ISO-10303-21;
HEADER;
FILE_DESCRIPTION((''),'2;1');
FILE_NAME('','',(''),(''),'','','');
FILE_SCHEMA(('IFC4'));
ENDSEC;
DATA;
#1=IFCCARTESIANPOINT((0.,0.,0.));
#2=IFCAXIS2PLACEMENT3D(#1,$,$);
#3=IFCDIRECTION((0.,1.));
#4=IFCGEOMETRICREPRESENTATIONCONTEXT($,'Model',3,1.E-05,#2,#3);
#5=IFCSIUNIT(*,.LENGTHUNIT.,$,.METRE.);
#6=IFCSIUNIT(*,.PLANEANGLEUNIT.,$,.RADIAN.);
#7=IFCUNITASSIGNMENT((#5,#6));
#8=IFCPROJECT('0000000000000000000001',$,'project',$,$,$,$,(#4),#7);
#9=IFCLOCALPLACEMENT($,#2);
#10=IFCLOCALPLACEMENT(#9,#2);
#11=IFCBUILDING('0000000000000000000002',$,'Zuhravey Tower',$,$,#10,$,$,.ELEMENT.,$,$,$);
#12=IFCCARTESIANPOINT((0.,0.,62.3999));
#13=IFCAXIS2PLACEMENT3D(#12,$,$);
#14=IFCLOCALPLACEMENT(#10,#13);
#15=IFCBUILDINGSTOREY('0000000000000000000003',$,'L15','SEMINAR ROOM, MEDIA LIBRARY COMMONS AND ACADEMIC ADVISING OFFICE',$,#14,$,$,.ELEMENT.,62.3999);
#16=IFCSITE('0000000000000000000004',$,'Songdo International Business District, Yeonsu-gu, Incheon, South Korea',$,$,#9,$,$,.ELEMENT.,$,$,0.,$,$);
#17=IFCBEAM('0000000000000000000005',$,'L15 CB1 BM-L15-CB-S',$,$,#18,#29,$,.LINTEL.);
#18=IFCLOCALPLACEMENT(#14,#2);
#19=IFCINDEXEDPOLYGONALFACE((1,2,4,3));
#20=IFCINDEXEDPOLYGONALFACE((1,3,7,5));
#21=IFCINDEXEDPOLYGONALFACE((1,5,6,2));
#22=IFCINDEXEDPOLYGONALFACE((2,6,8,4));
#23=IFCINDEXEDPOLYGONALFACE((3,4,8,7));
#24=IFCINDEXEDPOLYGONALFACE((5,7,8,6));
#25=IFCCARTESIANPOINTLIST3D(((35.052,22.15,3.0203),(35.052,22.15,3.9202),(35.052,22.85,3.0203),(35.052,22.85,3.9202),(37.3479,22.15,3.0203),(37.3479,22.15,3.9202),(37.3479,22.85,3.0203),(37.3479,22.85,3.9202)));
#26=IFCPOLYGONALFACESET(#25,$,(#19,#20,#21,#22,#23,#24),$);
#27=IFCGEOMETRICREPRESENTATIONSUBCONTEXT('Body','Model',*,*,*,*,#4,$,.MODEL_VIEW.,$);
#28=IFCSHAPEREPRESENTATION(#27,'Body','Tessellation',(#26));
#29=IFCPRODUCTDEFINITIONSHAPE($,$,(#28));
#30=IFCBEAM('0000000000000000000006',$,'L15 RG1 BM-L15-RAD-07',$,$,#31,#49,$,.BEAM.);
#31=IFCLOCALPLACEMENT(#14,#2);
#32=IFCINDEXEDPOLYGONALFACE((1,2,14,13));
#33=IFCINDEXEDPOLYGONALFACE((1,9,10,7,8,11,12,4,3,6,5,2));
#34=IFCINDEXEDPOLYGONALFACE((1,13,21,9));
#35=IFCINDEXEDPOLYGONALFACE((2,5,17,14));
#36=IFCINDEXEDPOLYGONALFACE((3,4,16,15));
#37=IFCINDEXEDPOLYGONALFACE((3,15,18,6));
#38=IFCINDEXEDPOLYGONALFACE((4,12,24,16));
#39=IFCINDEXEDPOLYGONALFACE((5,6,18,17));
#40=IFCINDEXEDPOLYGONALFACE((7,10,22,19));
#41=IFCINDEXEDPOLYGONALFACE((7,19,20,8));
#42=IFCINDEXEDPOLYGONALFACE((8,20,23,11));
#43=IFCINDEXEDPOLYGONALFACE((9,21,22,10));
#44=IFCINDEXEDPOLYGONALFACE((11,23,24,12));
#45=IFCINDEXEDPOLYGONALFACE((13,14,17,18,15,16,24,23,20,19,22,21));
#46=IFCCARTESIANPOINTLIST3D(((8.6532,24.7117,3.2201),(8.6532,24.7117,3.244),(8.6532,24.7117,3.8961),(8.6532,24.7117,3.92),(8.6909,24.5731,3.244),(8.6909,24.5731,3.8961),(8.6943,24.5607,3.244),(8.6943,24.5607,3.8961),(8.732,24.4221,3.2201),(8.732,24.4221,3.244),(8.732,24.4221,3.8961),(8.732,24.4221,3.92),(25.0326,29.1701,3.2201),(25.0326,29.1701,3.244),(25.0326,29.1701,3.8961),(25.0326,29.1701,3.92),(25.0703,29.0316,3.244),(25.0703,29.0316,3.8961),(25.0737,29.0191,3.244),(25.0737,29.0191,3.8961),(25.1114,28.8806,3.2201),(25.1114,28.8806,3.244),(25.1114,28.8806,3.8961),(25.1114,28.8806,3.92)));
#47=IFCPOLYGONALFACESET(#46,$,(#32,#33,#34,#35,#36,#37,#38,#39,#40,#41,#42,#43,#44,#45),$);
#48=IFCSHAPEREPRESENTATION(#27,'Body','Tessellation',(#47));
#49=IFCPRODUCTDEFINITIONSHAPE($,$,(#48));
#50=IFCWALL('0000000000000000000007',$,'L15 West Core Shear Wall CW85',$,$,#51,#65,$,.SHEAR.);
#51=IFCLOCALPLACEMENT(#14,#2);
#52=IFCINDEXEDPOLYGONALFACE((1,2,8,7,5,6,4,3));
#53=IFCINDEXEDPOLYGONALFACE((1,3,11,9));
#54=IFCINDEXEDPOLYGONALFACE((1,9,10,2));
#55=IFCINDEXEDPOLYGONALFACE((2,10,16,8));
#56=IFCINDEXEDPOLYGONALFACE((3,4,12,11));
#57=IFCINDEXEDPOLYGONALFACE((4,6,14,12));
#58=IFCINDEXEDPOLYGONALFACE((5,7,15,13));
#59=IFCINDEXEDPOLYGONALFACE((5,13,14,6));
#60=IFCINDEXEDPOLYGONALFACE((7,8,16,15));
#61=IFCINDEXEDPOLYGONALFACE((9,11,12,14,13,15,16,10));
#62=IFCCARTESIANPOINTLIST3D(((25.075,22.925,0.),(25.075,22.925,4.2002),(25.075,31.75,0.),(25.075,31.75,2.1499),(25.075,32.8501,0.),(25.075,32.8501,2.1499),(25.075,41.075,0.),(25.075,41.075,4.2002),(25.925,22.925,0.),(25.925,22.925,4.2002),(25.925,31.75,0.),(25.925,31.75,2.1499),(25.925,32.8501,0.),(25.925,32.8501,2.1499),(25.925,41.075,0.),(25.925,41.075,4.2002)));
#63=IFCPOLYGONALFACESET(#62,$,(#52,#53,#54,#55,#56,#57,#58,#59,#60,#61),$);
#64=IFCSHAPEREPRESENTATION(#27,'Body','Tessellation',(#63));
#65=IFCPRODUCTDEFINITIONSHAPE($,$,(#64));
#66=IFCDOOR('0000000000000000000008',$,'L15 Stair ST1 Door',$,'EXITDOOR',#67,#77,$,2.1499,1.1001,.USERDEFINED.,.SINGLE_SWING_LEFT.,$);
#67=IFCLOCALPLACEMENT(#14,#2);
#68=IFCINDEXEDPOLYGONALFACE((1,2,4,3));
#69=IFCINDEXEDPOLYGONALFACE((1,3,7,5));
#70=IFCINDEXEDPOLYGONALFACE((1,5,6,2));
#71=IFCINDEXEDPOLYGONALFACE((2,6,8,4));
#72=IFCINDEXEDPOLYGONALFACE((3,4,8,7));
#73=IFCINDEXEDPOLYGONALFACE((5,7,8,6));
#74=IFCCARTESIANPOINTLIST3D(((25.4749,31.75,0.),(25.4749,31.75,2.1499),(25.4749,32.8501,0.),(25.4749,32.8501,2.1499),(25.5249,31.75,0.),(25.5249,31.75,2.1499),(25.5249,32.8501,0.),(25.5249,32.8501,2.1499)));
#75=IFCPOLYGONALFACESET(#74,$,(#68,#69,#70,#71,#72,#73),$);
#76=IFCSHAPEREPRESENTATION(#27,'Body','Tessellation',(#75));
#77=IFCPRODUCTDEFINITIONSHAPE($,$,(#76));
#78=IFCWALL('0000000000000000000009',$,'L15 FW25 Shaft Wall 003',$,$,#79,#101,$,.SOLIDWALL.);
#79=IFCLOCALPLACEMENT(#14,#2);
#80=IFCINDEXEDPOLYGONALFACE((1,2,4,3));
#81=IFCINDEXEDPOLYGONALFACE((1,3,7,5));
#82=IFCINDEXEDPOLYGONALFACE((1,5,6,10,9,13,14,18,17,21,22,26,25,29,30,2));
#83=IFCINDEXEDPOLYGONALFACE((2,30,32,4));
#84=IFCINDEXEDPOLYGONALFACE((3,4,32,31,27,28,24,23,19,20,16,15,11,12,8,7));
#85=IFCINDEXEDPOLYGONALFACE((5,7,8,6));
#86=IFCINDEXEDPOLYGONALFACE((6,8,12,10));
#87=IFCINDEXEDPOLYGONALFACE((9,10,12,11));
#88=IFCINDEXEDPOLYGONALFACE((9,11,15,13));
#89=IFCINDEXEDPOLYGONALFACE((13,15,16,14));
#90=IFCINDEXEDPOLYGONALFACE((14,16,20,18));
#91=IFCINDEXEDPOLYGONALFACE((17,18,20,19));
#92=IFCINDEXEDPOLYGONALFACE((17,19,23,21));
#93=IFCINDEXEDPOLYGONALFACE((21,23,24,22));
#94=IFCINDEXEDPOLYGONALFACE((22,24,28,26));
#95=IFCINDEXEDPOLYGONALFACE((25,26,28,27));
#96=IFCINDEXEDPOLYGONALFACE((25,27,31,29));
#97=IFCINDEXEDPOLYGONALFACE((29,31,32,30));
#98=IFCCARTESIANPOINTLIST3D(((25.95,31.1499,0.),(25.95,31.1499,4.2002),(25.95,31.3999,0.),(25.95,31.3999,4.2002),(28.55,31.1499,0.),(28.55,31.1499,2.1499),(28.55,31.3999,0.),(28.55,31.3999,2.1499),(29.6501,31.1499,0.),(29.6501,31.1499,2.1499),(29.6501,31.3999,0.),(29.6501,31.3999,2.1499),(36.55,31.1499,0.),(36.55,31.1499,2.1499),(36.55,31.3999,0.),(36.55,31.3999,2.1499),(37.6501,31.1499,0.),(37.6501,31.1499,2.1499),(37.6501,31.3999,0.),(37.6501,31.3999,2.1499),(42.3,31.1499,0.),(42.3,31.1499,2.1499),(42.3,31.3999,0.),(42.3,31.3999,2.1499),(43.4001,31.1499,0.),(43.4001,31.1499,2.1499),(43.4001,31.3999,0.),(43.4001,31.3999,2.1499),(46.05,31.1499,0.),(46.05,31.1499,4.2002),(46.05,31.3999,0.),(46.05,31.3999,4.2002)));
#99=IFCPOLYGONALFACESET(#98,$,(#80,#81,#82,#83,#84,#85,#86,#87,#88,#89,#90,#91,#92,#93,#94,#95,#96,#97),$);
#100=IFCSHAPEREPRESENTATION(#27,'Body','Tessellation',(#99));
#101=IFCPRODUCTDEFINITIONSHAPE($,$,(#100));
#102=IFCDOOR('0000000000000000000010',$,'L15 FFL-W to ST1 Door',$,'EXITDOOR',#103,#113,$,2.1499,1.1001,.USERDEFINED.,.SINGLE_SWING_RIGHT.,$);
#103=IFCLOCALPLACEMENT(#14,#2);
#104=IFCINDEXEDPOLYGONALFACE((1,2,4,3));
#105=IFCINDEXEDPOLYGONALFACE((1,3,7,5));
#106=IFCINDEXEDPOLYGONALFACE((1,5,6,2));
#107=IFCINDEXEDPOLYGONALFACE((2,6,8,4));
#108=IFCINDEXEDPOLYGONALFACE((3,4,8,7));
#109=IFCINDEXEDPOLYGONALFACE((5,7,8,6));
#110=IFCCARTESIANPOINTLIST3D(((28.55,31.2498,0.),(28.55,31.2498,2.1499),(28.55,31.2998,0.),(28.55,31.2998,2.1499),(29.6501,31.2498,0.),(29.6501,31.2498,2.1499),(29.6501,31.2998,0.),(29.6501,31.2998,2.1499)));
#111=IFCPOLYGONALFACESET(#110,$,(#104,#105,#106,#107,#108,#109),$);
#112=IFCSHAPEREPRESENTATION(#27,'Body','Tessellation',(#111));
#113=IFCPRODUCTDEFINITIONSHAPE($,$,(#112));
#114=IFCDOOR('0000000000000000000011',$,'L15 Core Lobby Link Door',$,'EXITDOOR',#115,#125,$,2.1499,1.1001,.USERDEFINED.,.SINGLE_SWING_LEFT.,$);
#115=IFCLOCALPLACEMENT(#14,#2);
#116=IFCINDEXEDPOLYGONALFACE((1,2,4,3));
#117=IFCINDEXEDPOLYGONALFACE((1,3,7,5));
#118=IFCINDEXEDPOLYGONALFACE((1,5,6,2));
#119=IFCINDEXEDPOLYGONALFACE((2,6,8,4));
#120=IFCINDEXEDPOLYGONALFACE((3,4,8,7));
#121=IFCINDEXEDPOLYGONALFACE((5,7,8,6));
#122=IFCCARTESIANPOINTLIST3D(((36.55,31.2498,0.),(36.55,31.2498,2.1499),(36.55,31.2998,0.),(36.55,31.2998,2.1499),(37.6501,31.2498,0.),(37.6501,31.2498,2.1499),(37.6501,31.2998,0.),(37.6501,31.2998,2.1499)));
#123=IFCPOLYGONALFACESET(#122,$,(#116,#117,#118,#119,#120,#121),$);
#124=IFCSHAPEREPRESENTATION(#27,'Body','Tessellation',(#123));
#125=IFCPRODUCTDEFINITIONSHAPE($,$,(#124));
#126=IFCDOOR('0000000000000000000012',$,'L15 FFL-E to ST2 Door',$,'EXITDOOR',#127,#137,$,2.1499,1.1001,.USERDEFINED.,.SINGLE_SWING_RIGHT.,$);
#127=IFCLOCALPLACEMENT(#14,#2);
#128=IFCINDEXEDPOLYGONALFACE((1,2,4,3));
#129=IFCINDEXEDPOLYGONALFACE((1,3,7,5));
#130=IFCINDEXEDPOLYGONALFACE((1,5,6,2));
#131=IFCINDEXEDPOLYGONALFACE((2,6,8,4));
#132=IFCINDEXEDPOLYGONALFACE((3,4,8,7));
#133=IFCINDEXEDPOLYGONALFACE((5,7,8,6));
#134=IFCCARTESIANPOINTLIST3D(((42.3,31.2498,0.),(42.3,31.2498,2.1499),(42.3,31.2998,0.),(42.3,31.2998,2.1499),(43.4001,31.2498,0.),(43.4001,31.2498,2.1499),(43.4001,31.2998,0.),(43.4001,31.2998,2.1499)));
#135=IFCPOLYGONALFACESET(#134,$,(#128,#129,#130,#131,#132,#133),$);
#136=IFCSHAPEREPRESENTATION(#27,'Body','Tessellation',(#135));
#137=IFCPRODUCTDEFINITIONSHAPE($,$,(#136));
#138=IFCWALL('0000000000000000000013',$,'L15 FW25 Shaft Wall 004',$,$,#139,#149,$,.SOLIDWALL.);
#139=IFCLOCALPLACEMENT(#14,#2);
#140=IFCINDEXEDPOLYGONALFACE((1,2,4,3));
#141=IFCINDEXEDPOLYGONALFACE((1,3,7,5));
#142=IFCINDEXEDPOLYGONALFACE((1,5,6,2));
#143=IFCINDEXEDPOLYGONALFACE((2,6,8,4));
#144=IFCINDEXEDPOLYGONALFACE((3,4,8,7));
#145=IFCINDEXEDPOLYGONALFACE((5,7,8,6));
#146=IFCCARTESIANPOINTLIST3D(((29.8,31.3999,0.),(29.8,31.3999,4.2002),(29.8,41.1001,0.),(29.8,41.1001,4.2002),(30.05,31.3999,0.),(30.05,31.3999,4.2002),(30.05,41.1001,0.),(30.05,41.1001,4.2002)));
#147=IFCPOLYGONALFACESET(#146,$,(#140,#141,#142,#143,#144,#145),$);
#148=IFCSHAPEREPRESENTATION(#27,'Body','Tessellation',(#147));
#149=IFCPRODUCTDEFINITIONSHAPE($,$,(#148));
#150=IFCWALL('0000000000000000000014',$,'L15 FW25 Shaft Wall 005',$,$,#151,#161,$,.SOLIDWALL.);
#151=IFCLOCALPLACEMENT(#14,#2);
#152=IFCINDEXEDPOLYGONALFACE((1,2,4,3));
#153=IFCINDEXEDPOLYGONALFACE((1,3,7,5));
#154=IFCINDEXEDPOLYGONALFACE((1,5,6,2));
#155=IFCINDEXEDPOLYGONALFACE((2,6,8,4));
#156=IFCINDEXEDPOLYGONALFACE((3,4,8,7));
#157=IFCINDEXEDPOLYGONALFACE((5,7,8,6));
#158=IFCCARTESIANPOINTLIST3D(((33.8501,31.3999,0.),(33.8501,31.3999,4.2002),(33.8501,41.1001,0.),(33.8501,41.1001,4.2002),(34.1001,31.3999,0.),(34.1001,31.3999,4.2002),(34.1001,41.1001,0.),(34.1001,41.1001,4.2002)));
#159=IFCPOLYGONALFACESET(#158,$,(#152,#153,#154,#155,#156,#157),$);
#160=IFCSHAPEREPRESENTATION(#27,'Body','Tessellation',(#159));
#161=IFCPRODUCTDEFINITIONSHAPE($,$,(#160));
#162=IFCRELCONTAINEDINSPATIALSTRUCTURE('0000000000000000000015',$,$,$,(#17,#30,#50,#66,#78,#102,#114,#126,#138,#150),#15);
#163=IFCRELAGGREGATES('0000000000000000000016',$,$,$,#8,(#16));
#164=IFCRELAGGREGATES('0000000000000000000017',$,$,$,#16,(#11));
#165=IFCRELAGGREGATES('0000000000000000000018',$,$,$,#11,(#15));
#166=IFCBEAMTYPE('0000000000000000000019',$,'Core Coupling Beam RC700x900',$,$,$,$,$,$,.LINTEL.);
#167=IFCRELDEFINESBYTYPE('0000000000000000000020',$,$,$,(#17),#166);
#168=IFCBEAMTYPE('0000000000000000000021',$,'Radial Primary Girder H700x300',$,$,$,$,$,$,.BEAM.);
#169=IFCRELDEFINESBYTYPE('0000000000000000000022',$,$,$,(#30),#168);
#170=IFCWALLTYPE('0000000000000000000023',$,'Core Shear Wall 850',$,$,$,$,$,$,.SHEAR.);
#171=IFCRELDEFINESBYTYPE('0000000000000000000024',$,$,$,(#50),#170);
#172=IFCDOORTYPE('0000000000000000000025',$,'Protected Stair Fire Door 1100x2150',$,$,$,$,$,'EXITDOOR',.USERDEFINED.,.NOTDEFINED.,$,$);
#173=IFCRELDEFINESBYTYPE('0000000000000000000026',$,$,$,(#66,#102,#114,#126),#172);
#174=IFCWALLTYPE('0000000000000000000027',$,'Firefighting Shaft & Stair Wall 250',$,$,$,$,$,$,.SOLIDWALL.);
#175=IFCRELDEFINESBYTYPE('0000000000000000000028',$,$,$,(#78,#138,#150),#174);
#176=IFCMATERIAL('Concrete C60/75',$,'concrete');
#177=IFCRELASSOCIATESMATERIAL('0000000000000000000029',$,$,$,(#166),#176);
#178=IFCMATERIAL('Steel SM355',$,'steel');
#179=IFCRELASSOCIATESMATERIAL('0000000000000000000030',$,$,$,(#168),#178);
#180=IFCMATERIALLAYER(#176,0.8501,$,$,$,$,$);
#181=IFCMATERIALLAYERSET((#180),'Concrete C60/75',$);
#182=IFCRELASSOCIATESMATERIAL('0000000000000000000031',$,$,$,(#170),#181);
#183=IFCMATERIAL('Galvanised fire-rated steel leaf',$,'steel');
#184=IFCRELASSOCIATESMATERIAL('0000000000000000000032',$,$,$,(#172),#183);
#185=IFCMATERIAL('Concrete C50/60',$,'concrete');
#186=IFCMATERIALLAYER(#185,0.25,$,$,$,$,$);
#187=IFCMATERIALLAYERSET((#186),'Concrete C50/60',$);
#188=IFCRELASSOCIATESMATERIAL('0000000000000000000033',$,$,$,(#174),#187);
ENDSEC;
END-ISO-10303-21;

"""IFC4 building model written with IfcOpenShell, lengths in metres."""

from ifc_helpers import new_model, si_unit, direction, frame, frame_2d, origin, origin_2d, place, context, subcontext, project, spatial, rectangle, i_section, extrude, material, layer, layer_set, material_profile, profile_set, type_object, element, fill, save


model = new_model("IFC4")

# Units and contexts
model_context = context("Model", 3, precision=1e-05, world=origin(), true_north=direction((0.0, 1.0)))
body_context = subcontext(model_context, "Body", "Model", "MODEL_VIEW")
ifc_project = project(units=[si_unit("LENGTHUNIT", "METRE"), si_unit("PLANEANGLEUNIT", "RADIAN")], contexts=[model_context])

# Site, building, storey
site_placement = place(None, origin())
site = spatial("IfcSite", under=ifc_project, at=site_placement, Name="Songdo International Business District, Yeonsu-gu, Incheon, South Korea", CompositionType="ELEMENT", RefElevation=0.0)
building_placement = place(site_placement, origin())
building = spatial("IfcBuilding", under=site, at=building_placement, Name="Zuhravey Tower", CompositionType="ELEMENT")
storey_placement = place(building_placement, frame((0.0, 0.0, 62.3999)))
storey = spatial("IfcBuildingStorey", under=building, at=storey_placement, Name="L15", Description="SEMINAR ROOM, MEDIA LIBRARY COMMONS AND ACADEMIC ADVISING OFFICE", CompositionType="ELEMENT", Elevation=62.3999)

# Beams
ifc_material_1 = material(Name="Concrete C60/75", Category="concrete")
ifc_material_profile_1 = material_profile(ifc_material_1, rectangle(XDim=0.7, YDim=0.8999, at=origin_2d()), Name="RC-700x900")
ifc_profile_set_1 = profile_set([ifc_material_profile_1], Name="Concrete C60/75")
beam_type_1 = type_object("IfcBeamType", Name="Core Coupling Beam RC700x900", PredefinedType="LINTEL", material=ifc_profile_set_1)
beam_1_placement = place(storey_placement, frame((35.052, 22.5, 3.4702), z_axis=(1.0, 0.0, 0.0), x_axis=(0.0, 1.0, 0.0)))
element("IfcBeam", 1, at=beam_1_placement, inside=storey, type_object=beam_type_1, Name="L15 CB1 BM-L15-CB-S", PredefinedType="LINTEL", context=body_context, shape_type="SweptSolid", body=[
    extrude(rectangle(XDim=0.7, YDim=0.8999, at=origin_2d()), origin(), (0.0, 0.0, 1.0), 2.2959),
])
ifc_material_2 = material(Name="Steel SM355", Category="steel")
ifc_material_profile_2 = material_profile(ifc_material_2, i_section(OverallWidth=0.3, OverallDepth=0.7, WebThickness=0.0129, FlangeThickness=0.0239, at=origin_2d()), Name="H-700x300x13x24")
ifc_profile_set_2 = profile_set([ifc_material_profile_2], Name="Steel SM355")
beam_type_2 = type_object("IfcBeamType", Name="Radial Primary Girder H700x300", PredefinedType="BEAM", material=ifc_profile_set_2)
beam_2_placement = place(storey_placement, frame((25.072, 29.0254, 3.5701), z_axis=(-0.964892, -0.262645, 0.0), x_axis=(0.262645, -0.964892, 0.0)))
element("IfcBeam", 2, at=beam_2_placement, inside=storey, type_object=beam_type_2, Name="L15 RG1 BM-L15-RAD-07", PredefinedType="BEAM", context=body_context, shape_type="SweptSolid", body=[
    extrude(i_section(OverallWidth=0.3, OverallDepth=0.7, WebThickness=0.0129, FlangeThickness=0.0239, at=origin_2d()), origin(), (0.0, 0.0, 1.0), 16.9753),
])

# Wall, opening, door
ifc_layer_1 = layer(ifc_material_1, 0.8501)
ifc_layer_set_1 = layer_set([ifc_layer_1], Name="Concrete C60/75")
wall_type_1 = type_object("IfcWallType", Name="Core Shear Wall 850", PredefinedType="SHEAR", material=ifc_layer_set_1)
wall_1_placement = place(storey_placement, frame((25.5, 22.925, 0.0), z_axis=(0.0, 0.0, 1.0), x_axis=(0.0, 1.0, 0.0)))
wall_1 = element("IfcWall", 3, at=wall_1_placement, inside=storey, type_object=wall_type_1, Name="L15 West Core Shear Wall CW85", PredefinedType="SHEAR", context=body_context, shape_type="SweptSolid", body=[
    extrude(rectangle(XDim=18.1499, YDim=0.8501, at=frame_2d((9.075, 0.0))), origin(), (0.0, 0.0, 1.0), 4.2002),
])
opening_1_placement = place(wall_1_placement, frame((8.825, 0.0, 0.0)))
opening_1 = element("IfcOpeningElement", 4, at=opening_1_placement, cuts=wall_1, PredefinedType="OPENING", context=body_context, shape_type="SweptSolid", body=[
    extrude(rectangle(XDim=1.1001, YDim=2.1499, at=frame_2d((0.55, 1.075))), frame((0.0, 0.437, 0.0), z_axis=(0.0, -1.0, 0.0), x_axis=(1.0, 0.0, 0.0)), (0.0, 0.0, 1.0), 0.874),
])
ifc_material_3 = material(Name="Galvanised fire-rated steel leaf", Category="steel")
door_type_1 = type_object("IfcDoorType", Name="Protected Stair Fire Door 1100x2150", ElementType="EXITDOOR", OperationType="NOTDEFINED", PredefinedType="USERDEFINED", material=ifc_material_3)
door_1_placement = place(opening_1_placement, frame((1.1001, 0.0, 0.0), z_axis=(0.0, 0.0, 1.0), x_axis=(-1.0, 0.0, 0.0)))
door_1 = element("IfcDoor", 5, at=door_1_placement, inside=storey, type_object=door_type_1, Name="L15 Stair ST1 Door", ObjectType="EXITDOOR", OperationType="SINGLE_SWING_LEFT", OverallHeight=2.1499, OverallWidth=1.1001, PredefinedType="USERDEFINED", context=body_context, shape_type="SweptSolid", body=[
    extrude(rectangle(XDim=1.1001, YDim=2.1499, at=frame_2d((0.55, 1.075))), frame((0.0, 0.0249, 0.0), z_axis=(0.0, -1.0, 0.0), x_axis=(1.0, 0.0, 0.0)), (0.0, 0.0, 1.0), 0.05),
])
fill(opening_1, door_1)
ifc_material_4 = material(Name="Concrete C50/60", Category="concrete")
ifc_layer_2 = layer(ifc_material_4, 0.25)
ifc_layer_set_2 = layer_set([ifc_layer_2], Name="Concrete C50/60")
wall_type_2 = type_object("IfcWallType", Name="Firefighting Shaft & Stair Wall 250", PredefinedType="SOLIDWALL", material=ifc_layer_set_2)

# Wall, openings, doors
wall_2_placement = place(storey_placement, frame((25.95, 31.2749, 0.0), z_axis=(0.0, 0.0, 1.0), x_axis=(1.0, 0.0, 0.0)))
wall_2 = element("IfcWall", 6, at=wall_2_placement, inside=storey, type_object=wall_type_2, Name="L15 FW25 Shaft Wall 003", PredefinedType="SOLIDWALL", context=body_context, shape_type="SweptSolid", body=[
    extrude(rectangle(XDim=20.1001, YDim=0.25, at=frame_2d((10.05, 0.0))), origin(), (0.0, 0.0, 1.0), 4.2002),
])
opening_2_placement = place(wall_2_placement, frame((2.6001, 0.0, 0.0)))
opening_2 = element("IfcOpeningElement", 7, at=opening_2_placement, cuts=wall_2, PredefinedType="OPENING", context=body_context, shape_type="SweptSolid", body=[
    extrude(rectangle(XDim=1.1001, YDim=2.1499, at=frame_2d((0.55, 1.075))), frame((0.0, 0.137, 0.0), z_axis=(0.0, -1.0, 0.0), x_axis=(1.0, 0.0, 0.0)), (0.0, 0.0, 1.0), 0.2739),
])
opening_3_placement = place(wall_2_placement, frame((10.6001, 0.0, 0.0)))
opening_3 = element("IfcOpeningElement", 8, at=opening_3_placement, cuts=wall_2, PredefinedType="OPENING", context=body_context, shape_type="SweptSolid", body=[
    extrude(rectangle(XDim=1.1001, YDim=2.1499, at=frame_2d((0.55, 1.075))), frame((0.0, 0.137, 0.0), z_axis=(0.0, -1.0, 0.0), x_axis=(1.0, 0.0, 0.0)), (0.0, 0.0, 1.0), 0.2739),
])
opening_4_placement = place(wall_2_placement, frame((16.3501, 0.0, 0.0)))
opening_4 = element("IfcOpeningElement", 9, at=opening_4_placement, cuts=wall_2, PredefinedType="OPENING", context=body_context, shape_type="SweptSolid", body=[
    extrude(rectangle(XDim=1.1001, YDim=2.1499, at=frame_2d((0.55, 1.075))), frame((0.0, 0.137, 0.0), z_axis=(0.0, -1.0, 0.0), x_axis=(1.0, 0.0, 0.0)), (0.0, 0.0, 1.0), 0.2739),
])
door_2_placement = place(opening_2_placement, origin())
door_2 = element("IfcDoor", 10, at=door_2_placement, inside=storey, type_object=door_type_1, Name="L15 FFL-W to ST1 Door", ObjectType="EXITDOOR", OperationType="SINGLE_SWING_RIGHT", OverallHeight=2.1499, OverallWidth=1.1001, PredefinedType="USERDEFINED", context=body_context, shape_type="SweptSolid", body=[
    extrude(rectangle(XDim=1.1001, YDim=2.1499, at=frame_2d((0.55, 1.075))), frame((0.0, 0.0249, 0.0), z_axis=(0.0, -1.0, 0.0), x_axis=(1.0, 0.0, 0.0)), (0.0, 0.0, 1.0), 0.05),
])
fill(opening_2, door_2)
door_3_placement = place(opening_3_placement, origin())
door_3 = element("IfcDoor", 11, at=door_3_placement, inside=storey, type_object=door_type_1, Name="L15 Core Lobby Link Door", ObjectType="EXITDOOR", OperationType="SINGLE_SWING_LEFT", OverallHeight=2.1499, OverallWidth=1.1001, PredefinedType="USERDEFINED", context=body_context, shape_type="SweptSolid", body=[
    extrude(rectangle(XDim=1.1001, YDim=2.1499, at=frame_2d((0.55, 1.075))), frame((0.0, 0.0249, 0.0), z_axis=(0.0, -1.0, 0.0), x_axis=(1.0, 0.0, 0.0)), (0.0, 0.0, 1.0), 0.05),
])
fill(opening_3, door_3)
door_4_placement = place(opening_4_placement, origin())
door_4 = element("IfcDoor", 12, at=door_4_placement, inside=storey, type_object=door_type_1, Name="L15 FFL-E to ST2 Door", ObjectType="EXITDOOR", OperationType="SINGLE_SWING_RIGHT", OverallHeight=2.1499, OverallWidth=1.1001, PredefinedType="USERDEFINED", context=body_context, shape_type="SweptSolid", body=[
    extrude(rectangle(XDim=1.1001, YDim=2.1499, at=frame_2d((0.55, 1.075))), frame((0.0, 0.0249, 0.0), z_axis=(0.0, -1.0, 0.0), x_axis=(1.0, 0.0, 0.0)), (0.0, 0.0, 1.0), 0.05),
])
fill(opening_4, door_4)

# Walls
for number, where, z_axis, x_axis, name in (
    (13, (29.925, 31.3999, 0.0), (0.0, 0.0, 1.0), (0.0, 1.0, 0.0), "L15 FW25 Shaft Wall 004"),
    (14, (33.9751, 31.3999, 0.0), (0.0, 0.0, 1.0), (0.0, 1.0, 0.0), "L15 FW25 Shaft Wall 005"),
):
    element("IfcWall", number, at=place(storey_placement, frame(where, z_axis=z_axis, x_axis=x_axis)), inside=storey, type_object=wall_type_2, Name=name, PredefinedType="SOLIDWALL", context=body_context, shape_type="SweptSolid", body=[
        extrude(rectangle(XDim=9.7002, YDim=0.25, at=frame_2d((4.8501, 0.0))), origin(), (0.0, 0.0, 1.0), 4.2002),
    ])

save(model, "model.ifc")
